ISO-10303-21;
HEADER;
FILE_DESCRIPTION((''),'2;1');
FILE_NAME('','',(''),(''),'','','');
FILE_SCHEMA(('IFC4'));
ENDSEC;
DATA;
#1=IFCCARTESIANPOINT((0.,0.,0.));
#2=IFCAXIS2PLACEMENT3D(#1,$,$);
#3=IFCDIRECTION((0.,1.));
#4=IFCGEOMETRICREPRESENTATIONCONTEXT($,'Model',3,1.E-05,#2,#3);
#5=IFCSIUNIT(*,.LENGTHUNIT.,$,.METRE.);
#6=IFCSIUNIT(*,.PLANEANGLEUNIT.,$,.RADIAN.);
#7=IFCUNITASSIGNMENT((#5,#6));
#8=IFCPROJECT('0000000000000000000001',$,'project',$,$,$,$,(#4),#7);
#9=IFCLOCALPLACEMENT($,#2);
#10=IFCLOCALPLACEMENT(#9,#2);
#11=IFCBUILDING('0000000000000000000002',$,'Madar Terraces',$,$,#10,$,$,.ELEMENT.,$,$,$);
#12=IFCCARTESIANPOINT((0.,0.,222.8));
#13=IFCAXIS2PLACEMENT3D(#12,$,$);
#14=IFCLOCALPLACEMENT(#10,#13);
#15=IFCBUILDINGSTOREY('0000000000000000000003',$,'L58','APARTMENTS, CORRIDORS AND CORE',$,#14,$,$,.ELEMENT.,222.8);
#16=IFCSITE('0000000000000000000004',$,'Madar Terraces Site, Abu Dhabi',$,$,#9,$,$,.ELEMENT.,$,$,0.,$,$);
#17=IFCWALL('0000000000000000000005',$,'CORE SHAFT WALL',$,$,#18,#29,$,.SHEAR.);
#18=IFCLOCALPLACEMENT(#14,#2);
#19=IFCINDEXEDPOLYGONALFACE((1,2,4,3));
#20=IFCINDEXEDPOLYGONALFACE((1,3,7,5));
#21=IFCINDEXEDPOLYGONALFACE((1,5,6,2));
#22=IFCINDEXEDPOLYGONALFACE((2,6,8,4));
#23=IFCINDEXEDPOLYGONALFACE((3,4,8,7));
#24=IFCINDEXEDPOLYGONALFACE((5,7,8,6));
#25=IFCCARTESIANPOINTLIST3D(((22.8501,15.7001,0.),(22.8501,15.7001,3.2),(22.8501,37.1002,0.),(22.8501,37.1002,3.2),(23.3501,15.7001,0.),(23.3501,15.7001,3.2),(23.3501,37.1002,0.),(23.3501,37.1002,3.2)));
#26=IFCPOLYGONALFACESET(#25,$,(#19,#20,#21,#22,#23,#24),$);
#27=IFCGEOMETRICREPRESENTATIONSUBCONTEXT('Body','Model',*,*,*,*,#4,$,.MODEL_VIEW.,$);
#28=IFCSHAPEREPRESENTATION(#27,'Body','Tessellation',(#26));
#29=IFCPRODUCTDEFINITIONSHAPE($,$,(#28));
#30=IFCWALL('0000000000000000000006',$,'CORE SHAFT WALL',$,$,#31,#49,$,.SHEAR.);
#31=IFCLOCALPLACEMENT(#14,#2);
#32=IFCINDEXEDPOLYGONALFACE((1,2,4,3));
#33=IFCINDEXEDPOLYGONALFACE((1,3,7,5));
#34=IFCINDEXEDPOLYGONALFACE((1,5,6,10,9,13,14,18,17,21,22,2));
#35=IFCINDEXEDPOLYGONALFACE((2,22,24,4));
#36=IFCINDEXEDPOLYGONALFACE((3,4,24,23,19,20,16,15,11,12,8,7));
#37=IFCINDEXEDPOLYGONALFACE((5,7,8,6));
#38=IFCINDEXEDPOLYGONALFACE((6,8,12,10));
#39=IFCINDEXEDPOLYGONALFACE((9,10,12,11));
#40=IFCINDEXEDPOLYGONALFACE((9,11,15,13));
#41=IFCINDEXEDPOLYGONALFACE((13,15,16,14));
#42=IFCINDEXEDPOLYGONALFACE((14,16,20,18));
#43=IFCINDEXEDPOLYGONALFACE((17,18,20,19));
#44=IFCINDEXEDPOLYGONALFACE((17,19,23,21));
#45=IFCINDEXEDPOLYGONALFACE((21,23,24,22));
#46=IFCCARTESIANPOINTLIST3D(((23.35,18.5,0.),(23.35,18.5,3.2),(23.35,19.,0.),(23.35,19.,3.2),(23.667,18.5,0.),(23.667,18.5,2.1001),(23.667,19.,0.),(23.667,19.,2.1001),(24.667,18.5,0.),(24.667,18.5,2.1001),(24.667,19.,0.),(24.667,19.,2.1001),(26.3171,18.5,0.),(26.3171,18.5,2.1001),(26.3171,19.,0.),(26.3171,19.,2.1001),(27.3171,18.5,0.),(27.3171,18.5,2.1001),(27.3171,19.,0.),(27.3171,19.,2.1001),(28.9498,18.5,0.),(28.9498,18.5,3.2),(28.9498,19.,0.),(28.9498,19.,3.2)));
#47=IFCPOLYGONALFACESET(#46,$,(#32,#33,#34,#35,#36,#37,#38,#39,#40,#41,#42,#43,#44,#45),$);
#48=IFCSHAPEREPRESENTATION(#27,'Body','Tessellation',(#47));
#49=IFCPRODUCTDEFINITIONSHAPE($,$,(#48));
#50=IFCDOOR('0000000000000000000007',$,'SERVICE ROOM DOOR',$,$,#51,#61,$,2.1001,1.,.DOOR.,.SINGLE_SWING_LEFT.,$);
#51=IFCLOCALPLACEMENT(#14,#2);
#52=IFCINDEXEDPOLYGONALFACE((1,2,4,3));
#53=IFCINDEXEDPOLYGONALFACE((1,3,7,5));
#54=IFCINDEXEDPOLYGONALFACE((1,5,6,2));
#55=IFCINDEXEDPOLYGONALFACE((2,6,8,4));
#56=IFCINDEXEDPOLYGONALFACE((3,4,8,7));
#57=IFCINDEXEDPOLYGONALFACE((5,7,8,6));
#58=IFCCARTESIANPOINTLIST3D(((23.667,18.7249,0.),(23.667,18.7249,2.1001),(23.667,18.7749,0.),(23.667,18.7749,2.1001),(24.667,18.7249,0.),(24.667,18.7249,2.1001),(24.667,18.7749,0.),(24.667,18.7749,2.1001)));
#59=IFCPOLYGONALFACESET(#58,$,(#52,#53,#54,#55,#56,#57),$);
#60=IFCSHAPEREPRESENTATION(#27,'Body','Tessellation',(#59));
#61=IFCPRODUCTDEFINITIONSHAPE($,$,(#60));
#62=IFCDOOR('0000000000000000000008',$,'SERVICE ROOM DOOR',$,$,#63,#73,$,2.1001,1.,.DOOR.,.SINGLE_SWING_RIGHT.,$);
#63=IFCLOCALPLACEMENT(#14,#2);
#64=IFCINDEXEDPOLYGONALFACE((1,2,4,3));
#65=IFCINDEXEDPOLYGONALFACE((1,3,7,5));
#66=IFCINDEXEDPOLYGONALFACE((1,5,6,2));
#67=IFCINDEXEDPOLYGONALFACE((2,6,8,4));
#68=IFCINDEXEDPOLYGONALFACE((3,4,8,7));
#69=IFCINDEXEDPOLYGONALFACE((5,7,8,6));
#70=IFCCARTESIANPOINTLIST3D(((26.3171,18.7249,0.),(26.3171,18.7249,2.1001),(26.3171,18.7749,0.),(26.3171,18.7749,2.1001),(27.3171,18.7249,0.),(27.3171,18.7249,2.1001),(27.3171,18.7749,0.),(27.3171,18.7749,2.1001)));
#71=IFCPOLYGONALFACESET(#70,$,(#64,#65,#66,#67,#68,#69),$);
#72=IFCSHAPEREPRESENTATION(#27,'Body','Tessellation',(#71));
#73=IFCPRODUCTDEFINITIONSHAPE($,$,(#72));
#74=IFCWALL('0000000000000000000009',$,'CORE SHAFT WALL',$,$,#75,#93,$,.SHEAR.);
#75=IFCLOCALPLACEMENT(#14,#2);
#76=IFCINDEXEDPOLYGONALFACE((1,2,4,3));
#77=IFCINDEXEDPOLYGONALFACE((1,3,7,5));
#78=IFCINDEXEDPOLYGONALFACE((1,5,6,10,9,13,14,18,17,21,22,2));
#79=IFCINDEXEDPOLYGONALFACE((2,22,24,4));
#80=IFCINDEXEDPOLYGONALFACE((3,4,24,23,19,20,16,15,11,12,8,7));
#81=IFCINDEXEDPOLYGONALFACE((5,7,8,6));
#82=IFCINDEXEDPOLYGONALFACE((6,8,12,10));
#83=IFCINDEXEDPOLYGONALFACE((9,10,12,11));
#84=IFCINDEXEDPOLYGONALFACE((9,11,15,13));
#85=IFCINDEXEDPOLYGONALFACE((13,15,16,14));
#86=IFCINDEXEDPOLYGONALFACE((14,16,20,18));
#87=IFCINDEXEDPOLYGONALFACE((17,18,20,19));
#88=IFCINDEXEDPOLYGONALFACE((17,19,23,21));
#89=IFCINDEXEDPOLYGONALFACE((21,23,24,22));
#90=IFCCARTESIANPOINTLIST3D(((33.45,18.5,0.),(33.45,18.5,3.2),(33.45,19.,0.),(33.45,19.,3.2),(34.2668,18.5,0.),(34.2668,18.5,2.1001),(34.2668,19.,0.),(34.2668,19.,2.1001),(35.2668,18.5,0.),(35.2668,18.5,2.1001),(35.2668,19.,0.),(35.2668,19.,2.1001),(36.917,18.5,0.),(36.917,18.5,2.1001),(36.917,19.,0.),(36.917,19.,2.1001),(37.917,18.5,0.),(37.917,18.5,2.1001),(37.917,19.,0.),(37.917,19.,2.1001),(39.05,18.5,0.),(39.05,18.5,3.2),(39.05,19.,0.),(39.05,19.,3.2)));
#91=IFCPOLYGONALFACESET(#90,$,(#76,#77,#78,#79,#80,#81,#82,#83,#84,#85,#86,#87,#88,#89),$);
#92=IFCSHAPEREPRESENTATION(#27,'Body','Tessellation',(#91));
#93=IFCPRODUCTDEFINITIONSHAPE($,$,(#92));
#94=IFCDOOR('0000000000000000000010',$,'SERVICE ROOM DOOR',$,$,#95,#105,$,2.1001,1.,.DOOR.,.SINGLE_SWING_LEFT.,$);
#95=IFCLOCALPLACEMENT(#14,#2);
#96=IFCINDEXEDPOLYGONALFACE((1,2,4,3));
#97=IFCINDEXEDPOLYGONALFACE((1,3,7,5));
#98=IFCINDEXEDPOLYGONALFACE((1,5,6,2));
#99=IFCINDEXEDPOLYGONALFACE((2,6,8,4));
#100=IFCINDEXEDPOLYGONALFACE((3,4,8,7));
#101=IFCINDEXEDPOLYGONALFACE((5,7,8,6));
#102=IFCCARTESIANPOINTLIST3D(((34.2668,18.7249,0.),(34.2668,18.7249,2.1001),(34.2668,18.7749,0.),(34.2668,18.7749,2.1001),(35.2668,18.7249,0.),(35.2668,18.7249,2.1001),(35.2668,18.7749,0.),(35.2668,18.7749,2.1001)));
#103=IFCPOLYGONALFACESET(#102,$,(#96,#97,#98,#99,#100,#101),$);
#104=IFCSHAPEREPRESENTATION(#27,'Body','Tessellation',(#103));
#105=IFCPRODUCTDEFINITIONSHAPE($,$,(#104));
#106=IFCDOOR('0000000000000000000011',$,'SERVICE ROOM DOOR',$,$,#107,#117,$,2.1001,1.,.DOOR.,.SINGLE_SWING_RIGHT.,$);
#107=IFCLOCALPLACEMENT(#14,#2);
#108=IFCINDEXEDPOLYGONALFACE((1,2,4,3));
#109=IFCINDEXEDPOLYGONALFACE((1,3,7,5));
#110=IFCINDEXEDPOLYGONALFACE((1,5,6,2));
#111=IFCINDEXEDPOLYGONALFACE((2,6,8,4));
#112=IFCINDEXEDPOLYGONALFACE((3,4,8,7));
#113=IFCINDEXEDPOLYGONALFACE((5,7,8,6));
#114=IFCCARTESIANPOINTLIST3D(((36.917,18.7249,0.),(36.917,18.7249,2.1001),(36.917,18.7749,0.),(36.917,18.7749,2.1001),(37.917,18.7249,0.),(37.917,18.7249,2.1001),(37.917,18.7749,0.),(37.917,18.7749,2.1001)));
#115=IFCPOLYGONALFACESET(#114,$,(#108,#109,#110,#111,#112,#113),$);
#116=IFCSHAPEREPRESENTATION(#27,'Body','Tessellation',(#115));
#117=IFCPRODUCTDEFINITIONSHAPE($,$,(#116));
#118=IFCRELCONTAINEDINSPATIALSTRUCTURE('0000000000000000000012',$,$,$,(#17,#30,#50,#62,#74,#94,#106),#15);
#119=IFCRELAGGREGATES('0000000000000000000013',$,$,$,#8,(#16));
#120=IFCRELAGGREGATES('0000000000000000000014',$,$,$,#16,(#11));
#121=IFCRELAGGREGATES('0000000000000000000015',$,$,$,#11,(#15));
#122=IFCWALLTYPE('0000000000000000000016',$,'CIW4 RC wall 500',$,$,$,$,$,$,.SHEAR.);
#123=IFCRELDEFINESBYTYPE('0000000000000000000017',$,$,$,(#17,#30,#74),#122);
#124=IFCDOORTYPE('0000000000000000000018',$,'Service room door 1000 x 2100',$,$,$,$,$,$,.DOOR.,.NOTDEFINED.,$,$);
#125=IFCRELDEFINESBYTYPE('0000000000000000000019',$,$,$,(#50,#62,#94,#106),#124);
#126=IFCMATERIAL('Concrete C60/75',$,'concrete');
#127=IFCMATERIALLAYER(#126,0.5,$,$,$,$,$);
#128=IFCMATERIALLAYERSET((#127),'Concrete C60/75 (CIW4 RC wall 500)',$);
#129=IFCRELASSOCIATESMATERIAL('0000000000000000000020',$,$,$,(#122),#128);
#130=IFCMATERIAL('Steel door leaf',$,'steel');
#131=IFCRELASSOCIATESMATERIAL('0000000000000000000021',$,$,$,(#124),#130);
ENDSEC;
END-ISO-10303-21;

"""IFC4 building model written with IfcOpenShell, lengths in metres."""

from ifc_helpers import new_model, si_unit, direction, frame, frame_2d, origin, place, context, subcontext, project, spatial, rectangle, extrude, material, layer, layer_set, type_object, element, fill, save


model = new_model("IFC4")

# Units and contexts
model_context = context("Model", 3, precision=1e-05, world=origin(), true_north=direction((0.0, 1.0)))
body_context = subcontext(model_context, "Body", "Model", "MODEL_VIEW")
ifc_project = project(units=[si_unit("LENGTHUNIT", "METRE"), si_unit("PLANEANGLEUNIT", "RADIAN")], contexts=[model_context])

# Site, building, storey
site_placement = place(None, origin())
site = spatial("IfcSite", under=ifc_project, at=site_placement, Name="Madar Terraces Site, Abu Dhabi", CompositionType="ELEMENT", RefElevation=0.0)
building_placement = place(site_placement, origin())
building = spatial("IfcBuilding", under=site, at=building_placement, Name="Madar Terraces", CompositionType="ELEMENT")
storey_placement = place(building_placement, frame((0.0, 0.0, 222.8)))
storey = spatial("IfcBuildingStorey", under=building, at=storey_placement, Name="L58", Description="APARTMENTS, CORRIDORS AND CORE", CompositionType="ELEMENT", Elevation=222.8)

# Wall
ifc_material_1 = material(Name="Concrete C60/75", Category="concrete")
ifc_layer_1 = layer(ifc_material_1, 0.5)
ifc_layer_set_1 = layer_set([ifc_layer_1], Name="Concrete C60/75 (CIW4 RC wall 500)")
wall_type_1 = type_object("IfcWallType", Name="CIW4 RC wall 500", PredefinedType="SHEAR", material=ifc_layer_set_1)
wall_1_placement = place(storey_placement, frame((23.1001, 15.7, 0.0), z_axis=(0.0, 0.0, 1.0), x_axis=(0.0, 1.0, 0.0)))
element("IfcWall", 1, at=wall_1_placement, inside=storey, type_object=wall_type_1, Name="CORE SHAFT WALL", PredefinedType="SHEAR", context=body_context, shape_type="SweptSolid", body=[
    extrude(rectangle(XDim=21.4001, YDim=0.5, at=frame_2d((10.7002, 0.0))), origin(), (0.0, 0.0, 1.0), 3.2),
])

# Walls, openings, doors
wall_2_placement = place(storey_placement, frame((23.3501, 18.75, 0.0), z_axis=(0.0, 0.0, 1.0), x_axis=(1.0, 0.0, 0.0)))
wall_2 = element("IfcWall", 2, at=wall_2_placement, inside=storey, type_object=wall_type_1, Name="CORE SHAFT WALL", PredefinedType="SHEAR", context=body_context, shape_type="SweptSolid", body=[
    extrude(rectangle(XDim=5.5999, YDim=0.5, at=frame_2d((2.7998, 0.0))), origin(), (0.0, 0.0, 1.0), 3.2),
])
opening_1_placement = place(wall_2_placement, frame((0.3169, 0.0, 0.0)))
opening_1 = element("IfcOpeningElement", 3, at=opening_1_placement, cuts=wall_2, PredefinedType="OPENING", context=body_context, shape_type="SweptSolid", body=[
    extrude(rectangle(XDim=1.0, YDim=2.1001, at=frame_2d((0.5, 1.05))), frame((0.0, 0.26, 0.0), z_axis=(0.0, -1.0, 0.0), x_axis=(1.0, 0.0, 0.0)), (0.0, 0.0, 1.0), 0.52),
])
opening_2_placement = place(wall_2_placement, frame((2.967, 0.0, 0.0)))
opening_2 = element("IfcOpeningElement", 4, at=opening_2_placement, cuts=wall_2, PredefinedType="OPENING", context=body_context, shape_type="SweptSolid", body=[
    extrude(rectangle(XDim=1.0, YDim=2.1001, at=frame_2d((0.5, 1.05))), frame((0.0, 0.26, 0.0), z_axis=(0.0, -1.0, 0.0), x_axis=(1.0, 0.0, 0.0)), (0.0, 0.0, 1.0), 0.52),
])
ifc_material_2 = material(Name="Steel door leaf", Category="steel")
door_type = type_object("IfcDoorType", Name="Service room door 1000 x 2100", OperationType="NOTDEFINED", PredefinedType="DOOR", material=ifc_material_2)
door_1_placement = place(opening_1_placement, origin())
door_1 = element("IfcDoor", 5, at=door_1_placement, inside=storey, type_object=door_type, Name="SERVICE ROOM DOOR", OperationType="SINGLE_SWING_LEFT", OverallHeight=2.1001, OverallWidth=1.0, PredefinedType="DOOR", context=body_context, shape_type="SweptSolid", body=[
    extrude(rectangle(XDim=1.0, YDim=2.1001, at=frame_2d((0.5, 1.05))), frame((0.0, 0.0249, 0.0), z_axis=(0.0, -1.0, 0.0), x_axis=(1.0, 0.0, 0.0)), (0.0, 0.0, 1.0), 0.05),
])
fill(opening_1, door_1)
door_2_placement = place(opening_2_placement, origin())
door_2 = element("IfcDoor", 6, at=door_2_placement, inside=storey, type_object=door_type, Name="SERVICE ROOM DOOR", OperationType="SINGLE_SWING_RIGHT", OverallHeight=2.1001, OverallWidth=1.0, PredefinedType="DOOR", context=body_context, shape_type="SweptSolid", body=[
    extrude(rectangle(XDim=1.0, YDim=2.1001, at=frame_2d((0.5, 1.05))), frame((0.0, 0.0249, 0.0), z_axis=(0.0, -1.0, 0.0), x_axis=(1.0, 0.0, 0.0)), (0.0, 0.0, 1.0), 0.05),
])
fill(opening_2, door_2)
wall_3_placement = place(storey_placement, frame((33.45, 18.75, 0.0), z_axis=(0.0, 0.0, 1.0), x_axis=(1.0, 0.0, 0.0)))
wall_3 = element("IfcWall", 7, at=wall_3_placement, inside=storey, type_object=wall_type_1, Name="CORE SHAFT WALL", PredefinedType="SHEAR", context=body_context, shape_type="SweptSolid", body=[
    extrude(rectangle(XDim=5.6001, YDim=0.5, at=frame_2d((2.8, 0.0))), origin(), (0.0, 0.0, 1.0), 3.2),
])
opening_3_placement = place(wall_3_placement, frame((0.8169, 0.0, 0.0)))
opening_3 = element("IfcOpeningElement", 8, at=opening_3_placement, cuts=wall_3, PredefinedType="OPENING", context=body_context, shape_type="SweptSolid", body=[
    extrude(rectangle(XDim=1.0, YDim=2.1001, at=frame_2d((0.5, 1.05))), frame((0.0, 0.26, 0.0), z_axis=(0.0, -1.0, 0.0), x_axis=(1.0, 0.0, 0.0)), (0.0, 0.0, 1.0), 0.52),
])
opening_4_placement = place(wall_3_placement, frame((3.467, 0.0, 0.0)))
opening_4 = element("IfcOpeningElement", 9, at=opening_4_placement, cuts=wall_3, PredefinedType="OPENING", context=body_context, shape_type="SweptSolid", body=[
    extrude(rectangle(XDim=1.0, YDim=2.1001, at=frame_2d((0.5, 1.05))), frame((0.0, 0.26, 0.0), z_axis=(0.0, -1.0, 0.0), x_axis=(1.0, 0.0, 0.0)), (0.0, 0.0, 1.0), 0.52),
])
door_3_placement = place(opening_3_placement, origin())
door_3 = element("IfcDoor", 10, at=door_3_placement, inside=storey, type_object=door_type, Name="SERVICE ROOM DOOR", OperationType="SINGLE_SWING_LEFT", OverallHeight=2.1001, OverallWidth=1.0, PredefinedType="DOOR", context=body_context, shape_type="SweptSolid", body=[
    extrude(rectangle(XDim=1.0, YDim=2.1001, at=frame_2d((0.5, 1.05))), frame((0.0, 0.0249, 0.0), z_axis=(0.0, -1.0, 0.0), x_axis=(1.0, 0.0, 0.0)), (0.0, 0.0, 1.0), 0.05),
])
fill(opening_3, door_3)
door_4_placement = place(opening_4_placement, origin())
door_4 = element("IfcDoor", 11, at=door_4_placement, inside=storey, type_object=door_type, Name="SERVICE ROOM DOOR", OperationType="SINGLE_SWING_RIGHT", OverallHeight=2.1001, OverallWidth=1.0, PredefinedType="DOOR", context=body_context, shape_type="SweptSolid", body=[
    extrude(rectangle(XDim=1.0, YDim=2.1001, at=frame_2d((0.5, 1.05))), frame((0.0, 0.0249, 0.0), z_axis=(0.0, -1.0, 0.0), x_axis=(1.0, 0.0, 0.0)), (0.0, 0.0, 1.0), 0.05),
])
fill(opening_4, door_4)

save(model, "model.ifc")
